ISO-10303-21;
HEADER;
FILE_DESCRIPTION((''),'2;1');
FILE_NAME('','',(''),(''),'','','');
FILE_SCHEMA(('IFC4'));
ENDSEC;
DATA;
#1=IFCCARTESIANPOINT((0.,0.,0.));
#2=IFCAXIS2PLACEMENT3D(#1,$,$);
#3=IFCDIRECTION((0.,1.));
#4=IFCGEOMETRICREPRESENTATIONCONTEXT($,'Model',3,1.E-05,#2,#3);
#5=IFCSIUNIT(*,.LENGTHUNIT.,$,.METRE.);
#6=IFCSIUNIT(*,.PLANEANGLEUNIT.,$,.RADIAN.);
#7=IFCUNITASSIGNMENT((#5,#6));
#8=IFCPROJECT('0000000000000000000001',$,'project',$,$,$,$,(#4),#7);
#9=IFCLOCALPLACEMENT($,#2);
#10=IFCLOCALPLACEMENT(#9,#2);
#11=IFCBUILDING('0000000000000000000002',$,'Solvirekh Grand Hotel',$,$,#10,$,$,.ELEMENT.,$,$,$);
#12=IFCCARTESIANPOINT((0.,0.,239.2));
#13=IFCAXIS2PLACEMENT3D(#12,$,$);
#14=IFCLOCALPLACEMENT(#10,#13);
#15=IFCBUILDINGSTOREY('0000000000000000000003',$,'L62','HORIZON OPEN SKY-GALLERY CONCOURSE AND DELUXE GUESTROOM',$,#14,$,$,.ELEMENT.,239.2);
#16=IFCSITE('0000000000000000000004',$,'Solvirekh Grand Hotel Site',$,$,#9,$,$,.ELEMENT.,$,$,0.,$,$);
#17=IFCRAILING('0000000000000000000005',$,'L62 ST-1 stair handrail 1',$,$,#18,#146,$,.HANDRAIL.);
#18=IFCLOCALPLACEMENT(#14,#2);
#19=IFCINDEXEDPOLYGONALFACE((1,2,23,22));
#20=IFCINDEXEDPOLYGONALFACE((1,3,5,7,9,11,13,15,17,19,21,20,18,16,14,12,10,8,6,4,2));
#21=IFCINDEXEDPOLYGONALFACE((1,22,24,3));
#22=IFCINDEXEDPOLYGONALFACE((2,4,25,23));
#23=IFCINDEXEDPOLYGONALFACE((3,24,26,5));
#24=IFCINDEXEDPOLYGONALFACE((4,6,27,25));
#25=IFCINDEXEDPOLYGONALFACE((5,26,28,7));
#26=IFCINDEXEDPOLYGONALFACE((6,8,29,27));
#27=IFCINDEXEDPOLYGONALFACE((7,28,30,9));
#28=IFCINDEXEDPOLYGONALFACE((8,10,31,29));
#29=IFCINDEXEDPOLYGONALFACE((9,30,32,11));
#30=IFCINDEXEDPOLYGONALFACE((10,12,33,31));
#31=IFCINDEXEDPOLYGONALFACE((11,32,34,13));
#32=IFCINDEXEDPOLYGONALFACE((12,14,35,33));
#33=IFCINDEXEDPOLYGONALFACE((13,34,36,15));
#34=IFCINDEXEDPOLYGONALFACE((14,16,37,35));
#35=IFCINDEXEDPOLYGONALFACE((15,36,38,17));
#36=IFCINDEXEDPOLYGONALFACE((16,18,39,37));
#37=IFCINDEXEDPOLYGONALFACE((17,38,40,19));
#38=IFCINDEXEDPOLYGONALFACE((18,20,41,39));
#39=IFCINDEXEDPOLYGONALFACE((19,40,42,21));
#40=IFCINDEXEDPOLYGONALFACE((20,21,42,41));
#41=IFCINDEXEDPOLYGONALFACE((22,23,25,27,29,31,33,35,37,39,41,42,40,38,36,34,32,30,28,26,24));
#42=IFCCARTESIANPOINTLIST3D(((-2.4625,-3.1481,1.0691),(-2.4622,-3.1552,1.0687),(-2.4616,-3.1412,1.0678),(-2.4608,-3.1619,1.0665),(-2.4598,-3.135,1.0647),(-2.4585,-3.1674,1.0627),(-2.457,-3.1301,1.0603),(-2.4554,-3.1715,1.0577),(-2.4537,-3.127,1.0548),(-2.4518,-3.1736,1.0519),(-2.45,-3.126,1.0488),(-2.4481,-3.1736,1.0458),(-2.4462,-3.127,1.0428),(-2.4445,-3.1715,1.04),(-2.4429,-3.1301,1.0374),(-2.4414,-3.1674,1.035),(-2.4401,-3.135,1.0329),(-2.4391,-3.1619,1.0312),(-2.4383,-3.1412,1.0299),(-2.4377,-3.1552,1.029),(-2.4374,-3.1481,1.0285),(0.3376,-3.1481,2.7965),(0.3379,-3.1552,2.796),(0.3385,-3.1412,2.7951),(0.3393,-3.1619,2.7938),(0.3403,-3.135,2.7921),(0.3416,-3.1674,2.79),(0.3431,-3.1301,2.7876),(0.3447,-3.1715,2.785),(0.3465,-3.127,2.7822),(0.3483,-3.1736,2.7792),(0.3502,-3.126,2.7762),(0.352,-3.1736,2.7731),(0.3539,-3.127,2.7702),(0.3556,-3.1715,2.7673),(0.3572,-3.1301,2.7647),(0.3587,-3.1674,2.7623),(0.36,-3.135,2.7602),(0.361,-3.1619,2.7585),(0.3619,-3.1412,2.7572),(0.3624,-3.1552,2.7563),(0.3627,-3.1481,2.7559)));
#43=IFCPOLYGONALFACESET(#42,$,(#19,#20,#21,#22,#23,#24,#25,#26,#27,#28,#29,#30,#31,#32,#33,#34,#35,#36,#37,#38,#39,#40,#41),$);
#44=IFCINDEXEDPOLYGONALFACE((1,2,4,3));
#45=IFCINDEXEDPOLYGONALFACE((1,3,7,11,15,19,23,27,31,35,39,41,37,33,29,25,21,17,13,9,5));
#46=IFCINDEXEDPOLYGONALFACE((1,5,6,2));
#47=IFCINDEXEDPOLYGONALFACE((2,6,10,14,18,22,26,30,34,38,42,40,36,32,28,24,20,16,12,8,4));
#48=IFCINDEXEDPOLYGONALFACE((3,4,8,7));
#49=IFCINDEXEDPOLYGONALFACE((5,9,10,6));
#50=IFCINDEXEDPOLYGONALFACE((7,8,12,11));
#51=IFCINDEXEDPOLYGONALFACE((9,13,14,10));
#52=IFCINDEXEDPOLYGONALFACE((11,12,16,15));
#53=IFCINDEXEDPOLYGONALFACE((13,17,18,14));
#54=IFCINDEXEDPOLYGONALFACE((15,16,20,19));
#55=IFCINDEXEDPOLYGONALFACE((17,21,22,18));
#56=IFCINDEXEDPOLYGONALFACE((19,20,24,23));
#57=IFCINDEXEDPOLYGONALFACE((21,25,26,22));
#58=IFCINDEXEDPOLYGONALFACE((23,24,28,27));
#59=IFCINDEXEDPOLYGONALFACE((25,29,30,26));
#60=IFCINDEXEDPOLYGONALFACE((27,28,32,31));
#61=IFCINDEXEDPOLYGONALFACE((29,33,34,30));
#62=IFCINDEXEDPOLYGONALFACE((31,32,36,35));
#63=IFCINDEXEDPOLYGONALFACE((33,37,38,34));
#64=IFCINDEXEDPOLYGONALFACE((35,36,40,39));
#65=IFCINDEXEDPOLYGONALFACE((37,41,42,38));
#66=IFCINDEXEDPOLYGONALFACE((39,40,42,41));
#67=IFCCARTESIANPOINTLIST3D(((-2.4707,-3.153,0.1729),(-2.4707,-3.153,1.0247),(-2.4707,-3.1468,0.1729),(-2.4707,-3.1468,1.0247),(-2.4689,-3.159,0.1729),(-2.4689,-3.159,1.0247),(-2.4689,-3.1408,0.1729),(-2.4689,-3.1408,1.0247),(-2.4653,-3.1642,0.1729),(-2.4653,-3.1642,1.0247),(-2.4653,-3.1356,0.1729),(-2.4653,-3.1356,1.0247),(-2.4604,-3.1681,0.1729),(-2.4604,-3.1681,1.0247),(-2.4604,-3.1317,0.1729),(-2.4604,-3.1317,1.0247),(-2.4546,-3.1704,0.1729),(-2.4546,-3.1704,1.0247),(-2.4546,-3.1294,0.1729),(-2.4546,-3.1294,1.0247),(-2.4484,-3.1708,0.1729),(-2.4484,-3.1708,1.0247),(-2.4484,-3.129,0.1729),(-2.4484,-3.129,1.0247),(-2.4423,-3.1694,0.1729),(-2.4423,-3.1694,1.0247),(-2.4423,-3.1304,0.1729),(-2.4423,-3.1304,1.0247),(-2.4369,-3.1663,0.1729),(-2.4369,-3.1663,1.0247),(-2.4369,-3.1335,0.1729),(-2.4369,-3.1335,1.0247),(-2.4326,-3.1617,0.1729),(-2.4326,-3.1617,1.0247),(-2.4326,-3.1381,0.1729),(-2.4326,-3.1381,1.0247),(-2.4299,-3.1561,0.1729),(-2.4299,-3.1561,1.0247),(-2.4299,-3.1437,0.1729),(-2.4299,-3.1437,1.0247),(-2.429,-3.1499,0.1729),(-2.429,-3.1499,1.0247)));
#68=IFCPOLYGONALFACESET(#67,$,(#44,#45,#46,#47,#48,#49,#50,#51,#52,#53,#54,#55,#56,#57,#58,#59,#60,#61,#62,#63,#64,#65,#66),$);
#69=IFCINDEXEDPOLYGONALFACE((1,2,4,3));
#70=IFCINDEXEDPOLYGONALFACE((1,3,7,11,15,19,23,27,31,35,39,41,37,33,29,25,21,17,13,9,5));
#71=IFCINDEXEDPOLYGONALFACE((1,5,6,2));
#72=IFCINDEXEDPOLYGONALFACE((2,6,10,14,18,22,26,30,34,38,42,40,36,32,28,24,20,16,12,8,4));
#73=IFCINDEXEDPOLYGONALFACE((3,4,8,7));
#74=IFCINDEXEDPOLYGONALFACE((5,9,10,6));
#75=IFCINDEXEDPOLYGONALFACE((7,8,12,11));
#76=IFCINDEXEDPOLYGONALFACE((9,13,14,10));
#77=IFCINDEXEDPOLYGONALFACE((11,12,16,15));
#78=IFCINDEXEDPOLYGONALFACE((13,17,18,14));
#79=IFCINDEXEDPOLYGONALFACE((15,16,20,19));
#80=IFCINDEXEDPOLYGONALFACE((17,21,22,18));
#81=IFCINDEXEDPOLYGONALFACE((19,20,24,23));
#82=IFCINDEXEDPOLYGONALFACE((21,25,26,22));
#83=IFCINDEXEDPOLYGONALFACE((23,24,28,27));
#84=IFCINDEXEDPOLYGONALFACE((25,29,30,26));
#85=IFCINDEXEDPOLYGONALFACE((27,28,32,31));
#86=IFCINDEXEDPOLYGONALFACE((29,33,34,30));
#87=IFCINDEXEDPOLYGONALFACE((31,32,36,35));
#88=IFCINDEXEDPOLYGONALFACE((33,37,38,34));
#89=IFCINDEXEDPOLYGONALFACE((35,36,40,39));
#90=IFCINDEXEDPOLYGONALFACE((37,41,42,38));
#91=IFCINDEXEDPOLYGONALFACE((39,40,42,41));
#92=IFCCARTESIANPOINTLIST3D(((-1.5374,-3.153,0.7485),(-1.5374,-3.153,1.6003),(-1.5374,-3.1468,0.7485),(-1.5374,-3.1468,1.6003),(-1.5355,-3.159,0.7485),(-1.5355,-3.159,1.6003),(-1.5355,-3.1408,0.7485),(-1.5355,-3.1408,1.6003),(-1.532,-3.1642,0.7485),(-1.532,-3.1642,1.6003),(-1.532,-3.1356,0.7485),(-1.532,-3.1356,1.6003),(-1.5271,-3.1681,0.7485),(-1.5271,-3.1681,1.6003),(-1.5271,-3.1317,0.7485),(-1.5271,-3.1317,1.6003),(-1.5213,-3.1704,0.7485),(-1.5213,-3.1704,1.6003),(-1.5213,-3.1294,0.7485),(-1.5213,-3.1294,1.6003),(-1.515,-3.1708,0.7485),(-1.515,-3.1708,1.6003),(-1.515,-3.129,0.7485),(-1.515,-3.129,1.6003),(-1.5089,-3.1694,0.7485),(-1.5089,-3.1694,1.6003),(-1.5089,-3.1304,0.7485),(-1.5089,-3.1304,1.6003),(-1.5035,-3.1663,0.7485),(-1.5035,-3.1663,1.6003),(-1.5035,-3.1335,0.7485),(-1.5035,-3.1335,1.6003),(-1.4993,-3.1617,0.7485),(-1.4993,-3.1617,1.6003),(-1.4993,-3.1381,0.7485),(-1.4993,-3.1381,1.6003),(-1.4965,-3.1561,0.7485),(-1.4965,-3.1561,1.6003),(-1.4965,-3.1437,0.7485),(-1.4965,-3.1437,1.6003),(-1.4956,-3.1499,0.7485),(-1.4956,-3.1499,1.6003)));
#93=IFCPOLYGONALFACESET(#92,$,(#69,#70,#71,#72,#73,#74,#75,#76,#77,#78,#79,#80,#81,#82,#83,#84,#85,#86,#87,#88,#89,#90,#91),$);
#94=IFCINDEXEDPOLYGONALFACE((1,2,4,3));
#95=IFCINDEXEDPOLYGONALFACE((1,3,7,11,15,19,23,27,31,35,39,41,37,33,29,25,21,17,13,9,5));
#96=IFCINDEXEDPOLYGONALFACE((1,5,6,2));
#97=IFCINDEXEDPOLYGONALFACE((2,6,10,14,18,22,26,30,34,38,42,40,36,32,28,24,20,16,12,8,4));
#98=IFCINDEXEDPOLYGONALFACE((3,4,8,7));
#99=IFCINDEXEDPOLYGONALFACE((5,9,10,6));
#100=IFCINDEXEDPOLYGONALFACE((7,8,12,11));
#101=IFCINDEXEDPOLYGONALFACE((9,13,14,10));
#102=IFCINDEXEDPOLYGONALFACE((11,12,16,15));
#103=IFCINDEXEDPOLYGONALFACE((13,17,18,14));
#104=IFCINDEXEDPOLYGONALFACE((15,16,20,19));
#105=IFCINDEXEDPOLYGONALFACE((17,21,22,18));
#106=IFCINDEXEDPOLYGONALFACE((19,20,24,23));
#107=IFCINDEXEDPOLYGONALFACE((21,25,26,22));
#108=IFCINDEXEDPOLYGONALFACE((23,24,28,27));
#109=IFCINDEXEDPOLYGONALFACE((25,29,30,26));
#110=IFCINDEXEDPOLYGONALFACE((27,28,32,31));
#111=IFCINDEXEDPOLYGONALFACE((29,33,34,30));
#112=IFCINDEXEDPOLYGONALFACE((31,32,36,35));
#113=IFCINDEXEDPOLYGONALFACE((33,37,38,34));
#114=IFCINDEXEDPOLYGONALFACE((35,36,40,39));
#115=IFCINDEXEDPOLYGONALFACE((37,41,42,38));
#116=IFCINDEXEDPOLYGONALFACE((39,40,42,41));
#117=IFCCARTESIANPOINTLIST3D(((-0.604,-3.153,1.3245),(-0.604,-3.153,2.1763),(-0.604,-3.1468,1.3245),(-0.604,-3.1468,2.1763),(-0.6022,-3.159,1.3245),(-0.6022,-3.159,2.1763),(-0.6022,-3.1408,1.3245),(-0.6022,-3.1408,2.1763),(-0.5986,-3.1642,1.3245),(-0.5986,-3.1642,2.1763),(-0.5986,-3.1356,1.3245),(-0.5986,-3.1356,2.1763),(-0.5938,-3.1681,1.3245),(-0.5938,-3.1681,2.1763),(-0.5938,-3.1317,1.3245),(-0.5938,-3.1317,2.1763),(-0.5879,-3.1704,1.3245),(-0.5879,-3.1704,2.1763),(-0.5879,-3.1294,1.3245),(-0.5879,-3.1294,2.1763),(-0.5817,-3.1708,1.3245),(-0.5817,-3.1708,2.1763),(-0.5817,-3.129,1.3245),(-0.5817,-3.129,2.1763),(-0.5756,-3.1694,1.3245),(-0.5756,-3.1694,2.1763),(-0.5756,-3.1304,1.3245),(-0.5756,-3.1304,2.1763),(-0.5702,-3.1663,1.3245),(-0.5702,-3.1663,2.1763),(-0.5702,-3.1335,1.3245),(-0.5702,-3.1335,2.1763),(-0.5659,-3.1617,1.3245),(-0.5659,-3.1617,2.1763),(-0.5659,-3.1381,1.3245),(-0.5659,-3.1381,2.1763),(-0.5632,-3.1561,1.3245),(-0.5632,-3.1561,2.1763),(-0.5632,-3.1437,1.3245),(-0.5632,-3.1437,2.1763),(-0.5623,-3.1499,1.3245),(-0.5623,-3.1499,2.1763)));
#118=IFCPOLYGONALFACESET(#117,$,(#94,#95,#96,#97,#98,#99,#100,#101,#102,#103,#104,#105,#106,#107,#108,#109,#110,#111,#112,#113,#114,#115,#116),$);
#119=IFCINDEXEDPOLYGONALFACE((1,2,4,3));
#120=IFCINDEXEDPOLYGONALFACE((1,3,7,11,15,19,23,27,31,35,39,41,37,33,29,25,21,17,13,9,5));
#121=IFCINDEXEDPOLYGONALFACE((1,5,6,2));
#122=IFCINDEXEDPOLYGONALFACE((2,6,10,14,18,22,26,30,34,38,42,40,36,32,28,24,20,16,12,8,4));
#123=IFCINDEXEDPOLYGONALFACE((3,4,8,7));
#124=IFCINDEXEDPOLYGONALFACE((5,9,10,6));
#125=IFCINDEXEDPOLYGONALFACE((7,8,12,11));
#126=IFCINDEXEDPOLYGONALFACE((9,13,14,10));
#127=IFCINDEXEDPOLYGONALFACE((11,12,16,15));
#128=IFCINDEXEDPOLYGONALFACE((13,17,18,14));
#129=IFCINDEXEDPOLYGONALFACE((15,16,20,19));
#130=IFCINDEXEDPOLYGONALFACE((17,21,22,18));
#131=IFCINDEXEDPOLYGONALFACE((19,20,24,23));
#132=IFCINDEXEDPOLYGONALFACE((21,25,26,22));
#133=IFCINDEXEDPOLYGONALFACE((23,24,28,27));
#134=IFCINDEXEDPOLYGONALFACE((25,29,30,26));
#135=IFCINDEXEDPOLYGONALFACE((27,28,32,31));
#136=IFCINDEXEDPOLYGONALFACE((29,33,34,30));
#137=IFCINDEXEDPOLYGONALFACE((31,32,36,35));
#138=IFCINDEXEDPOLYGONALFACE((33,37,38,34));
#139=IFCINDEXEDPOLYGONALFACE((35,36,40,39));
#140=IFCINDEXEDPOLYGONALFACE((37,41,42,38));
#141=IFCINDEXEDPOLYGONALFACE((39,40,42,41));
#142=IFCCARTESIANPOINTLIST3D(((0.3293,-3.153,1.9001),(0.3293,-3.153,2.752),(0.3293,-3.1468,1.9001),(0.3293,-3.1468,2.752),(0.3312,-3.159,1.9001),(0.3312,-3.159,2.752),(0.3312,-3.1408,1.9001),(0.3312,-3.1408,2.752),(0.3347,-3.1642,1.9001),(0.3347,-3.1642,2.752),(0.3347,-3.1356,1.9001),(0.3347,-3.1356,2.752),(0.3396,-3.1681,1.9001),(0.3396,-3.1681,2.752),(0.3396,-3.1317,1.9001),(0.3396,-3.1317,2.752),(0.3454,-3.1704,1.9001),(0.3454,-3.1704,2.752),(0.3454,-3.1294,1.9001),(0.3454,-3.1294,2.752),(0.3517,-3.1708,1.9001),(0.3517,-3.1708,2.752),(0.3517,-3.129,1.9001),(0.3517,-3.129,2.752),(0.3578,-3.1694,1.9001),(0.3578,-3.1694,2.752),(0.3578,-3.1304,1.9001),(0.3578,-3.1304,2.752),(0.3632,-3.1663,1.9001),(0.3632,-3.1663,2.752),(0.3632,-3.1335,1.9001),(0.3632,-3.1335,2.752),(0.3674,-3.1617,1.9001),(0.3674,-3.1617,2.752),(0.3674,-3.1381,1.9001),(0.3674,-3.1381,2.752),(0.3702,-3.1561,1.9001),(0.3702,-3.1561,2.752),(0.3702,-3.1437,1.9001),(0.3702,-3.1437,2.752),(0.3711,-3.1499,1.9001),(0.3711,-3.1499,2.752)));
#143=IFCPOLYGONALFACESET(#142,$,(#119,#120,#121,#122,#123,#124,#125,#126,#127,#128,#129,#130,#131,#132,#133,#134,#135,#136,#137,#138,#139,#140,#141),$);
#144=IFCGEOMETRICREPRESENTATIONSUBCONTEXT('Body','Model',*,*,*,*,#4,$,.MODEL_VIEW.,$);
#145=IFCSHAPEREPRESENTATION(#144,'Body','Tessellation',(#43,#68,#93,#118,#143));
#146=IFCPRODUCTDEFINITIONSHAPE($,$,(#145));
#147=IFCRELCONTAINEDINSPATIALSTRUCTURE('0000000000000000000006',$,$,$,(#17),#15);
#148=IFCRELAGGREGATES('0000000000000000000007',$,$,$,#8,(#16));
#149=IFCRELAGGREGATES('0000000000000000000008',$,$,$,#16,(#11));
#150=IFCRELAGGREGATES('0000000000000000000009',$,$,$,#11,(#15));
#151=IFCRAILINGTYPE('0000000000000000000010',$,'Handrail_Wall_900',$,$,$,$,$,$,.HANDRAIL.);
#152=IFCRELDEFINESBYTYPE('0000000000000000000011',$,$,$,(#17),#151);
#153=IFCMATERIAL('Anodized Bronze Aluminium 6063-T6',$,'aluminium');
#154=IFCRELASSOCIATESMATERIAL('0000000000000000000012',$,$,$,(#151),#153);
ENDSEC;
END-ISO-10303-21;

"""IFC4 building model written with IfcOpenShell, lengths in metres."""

from ifc_helpers import new_model, si_unit, direction, frame, origin, origin_2d, place, context, subcontext, project, spatial, circle, extrude, material, type_object, element, save


model = new_model("IFC4")

# Units and contexts
model_context = context("Model", 3, precision=1e-05, world=origin(), true_north=direction((0.0, 1.0)))
body_context = subcontext(model_context, "Body", "Model", "MODEL_VIEW")
ifc_project = project(units=[si_unit("LENGTHUNIT", "METRE"), si_unit("PLANEANGLEUNIT", "RADIAN")], contexts=[model_context])

# Site, building, storey
site_placement = place(None, origin())
site = spatial("IfcSite", under=ifc_project, at=site_placement, Name="Solvirekh Grand Hotel Site", CompositionType="ELEMENT", RefElevation=0.0)
building_placement = place(site_placement, origin())
building = spatial("IfcBuilding", under=site, at=building_placement, Name="Solvirekh Grand Hotel", CompositionType="ELEMENT")
storey_placement = place(building_placement, frame((0.0, 0.0, 239.2)))
storey = spatial("IfcBuildingStorey", under=building, at=storey_placement, Name="L62", Description="HORIZON OPEN SKY-GALLERY CONCOURSE AND DELUXE GUESTROOM", CompositionType="ELEMENT", Elevation=239.2)

# Shared definitions
ifc_material_1 = material(Name="Anodized Bronze Aluminium 6063-T6", Category="aluminium")

# Railing
railing_type_1 = type_object("IfcRailingType", Name="Handrail_Wall_900", PredefinedType="HANDRAIL", material=ifc_material_1)
for number, where, name in (
    (1, (-2.45, -3.1499, 0.1729), "L62 ST-1 stair handrail 1"),
):
    element("IfcRailing", number, at=place(storey_placement, frame(where)), inside=storey, type_object=railing_type_1, Name=name, PredefinedType="HANDRAIL", context=body_context, shape_type="SweptSolid", body=[
        extrude(circle(Radius=0.0239, at=origin_2d()), frame((0.0, 0.0, 0.876), z_axis=(0.85109, 0.0, 0.52502), x_axis=(0.0, 1.0, 0.0)), (0.0, 0.0, 1.0), 3.29),
        extrude(circle(Radius=0.021, at=origin_2d()), origin(), (0.0, 0.0, 1.0), 0.8518),
        extrude(circle(Radius=0.021, at=origin_2d()), frame((0.9333, 0.0, 0.5757)), (0.0, 0.0, 1.0), 0.8518),
        extrude(circle(Radius=0.021, at=origin_2d()), frame((1.8667, 0.0, 1.1516)), (0.0, 0.0, 1.0), 0.8518),
        extrude(circle(Radius=0.021, at=origin_2d()), frame((2.8, 0.0, 1.7273)), (0.0, 0.0, 1.0), 0.8518),
    ])

save(model, "model.ifc")
